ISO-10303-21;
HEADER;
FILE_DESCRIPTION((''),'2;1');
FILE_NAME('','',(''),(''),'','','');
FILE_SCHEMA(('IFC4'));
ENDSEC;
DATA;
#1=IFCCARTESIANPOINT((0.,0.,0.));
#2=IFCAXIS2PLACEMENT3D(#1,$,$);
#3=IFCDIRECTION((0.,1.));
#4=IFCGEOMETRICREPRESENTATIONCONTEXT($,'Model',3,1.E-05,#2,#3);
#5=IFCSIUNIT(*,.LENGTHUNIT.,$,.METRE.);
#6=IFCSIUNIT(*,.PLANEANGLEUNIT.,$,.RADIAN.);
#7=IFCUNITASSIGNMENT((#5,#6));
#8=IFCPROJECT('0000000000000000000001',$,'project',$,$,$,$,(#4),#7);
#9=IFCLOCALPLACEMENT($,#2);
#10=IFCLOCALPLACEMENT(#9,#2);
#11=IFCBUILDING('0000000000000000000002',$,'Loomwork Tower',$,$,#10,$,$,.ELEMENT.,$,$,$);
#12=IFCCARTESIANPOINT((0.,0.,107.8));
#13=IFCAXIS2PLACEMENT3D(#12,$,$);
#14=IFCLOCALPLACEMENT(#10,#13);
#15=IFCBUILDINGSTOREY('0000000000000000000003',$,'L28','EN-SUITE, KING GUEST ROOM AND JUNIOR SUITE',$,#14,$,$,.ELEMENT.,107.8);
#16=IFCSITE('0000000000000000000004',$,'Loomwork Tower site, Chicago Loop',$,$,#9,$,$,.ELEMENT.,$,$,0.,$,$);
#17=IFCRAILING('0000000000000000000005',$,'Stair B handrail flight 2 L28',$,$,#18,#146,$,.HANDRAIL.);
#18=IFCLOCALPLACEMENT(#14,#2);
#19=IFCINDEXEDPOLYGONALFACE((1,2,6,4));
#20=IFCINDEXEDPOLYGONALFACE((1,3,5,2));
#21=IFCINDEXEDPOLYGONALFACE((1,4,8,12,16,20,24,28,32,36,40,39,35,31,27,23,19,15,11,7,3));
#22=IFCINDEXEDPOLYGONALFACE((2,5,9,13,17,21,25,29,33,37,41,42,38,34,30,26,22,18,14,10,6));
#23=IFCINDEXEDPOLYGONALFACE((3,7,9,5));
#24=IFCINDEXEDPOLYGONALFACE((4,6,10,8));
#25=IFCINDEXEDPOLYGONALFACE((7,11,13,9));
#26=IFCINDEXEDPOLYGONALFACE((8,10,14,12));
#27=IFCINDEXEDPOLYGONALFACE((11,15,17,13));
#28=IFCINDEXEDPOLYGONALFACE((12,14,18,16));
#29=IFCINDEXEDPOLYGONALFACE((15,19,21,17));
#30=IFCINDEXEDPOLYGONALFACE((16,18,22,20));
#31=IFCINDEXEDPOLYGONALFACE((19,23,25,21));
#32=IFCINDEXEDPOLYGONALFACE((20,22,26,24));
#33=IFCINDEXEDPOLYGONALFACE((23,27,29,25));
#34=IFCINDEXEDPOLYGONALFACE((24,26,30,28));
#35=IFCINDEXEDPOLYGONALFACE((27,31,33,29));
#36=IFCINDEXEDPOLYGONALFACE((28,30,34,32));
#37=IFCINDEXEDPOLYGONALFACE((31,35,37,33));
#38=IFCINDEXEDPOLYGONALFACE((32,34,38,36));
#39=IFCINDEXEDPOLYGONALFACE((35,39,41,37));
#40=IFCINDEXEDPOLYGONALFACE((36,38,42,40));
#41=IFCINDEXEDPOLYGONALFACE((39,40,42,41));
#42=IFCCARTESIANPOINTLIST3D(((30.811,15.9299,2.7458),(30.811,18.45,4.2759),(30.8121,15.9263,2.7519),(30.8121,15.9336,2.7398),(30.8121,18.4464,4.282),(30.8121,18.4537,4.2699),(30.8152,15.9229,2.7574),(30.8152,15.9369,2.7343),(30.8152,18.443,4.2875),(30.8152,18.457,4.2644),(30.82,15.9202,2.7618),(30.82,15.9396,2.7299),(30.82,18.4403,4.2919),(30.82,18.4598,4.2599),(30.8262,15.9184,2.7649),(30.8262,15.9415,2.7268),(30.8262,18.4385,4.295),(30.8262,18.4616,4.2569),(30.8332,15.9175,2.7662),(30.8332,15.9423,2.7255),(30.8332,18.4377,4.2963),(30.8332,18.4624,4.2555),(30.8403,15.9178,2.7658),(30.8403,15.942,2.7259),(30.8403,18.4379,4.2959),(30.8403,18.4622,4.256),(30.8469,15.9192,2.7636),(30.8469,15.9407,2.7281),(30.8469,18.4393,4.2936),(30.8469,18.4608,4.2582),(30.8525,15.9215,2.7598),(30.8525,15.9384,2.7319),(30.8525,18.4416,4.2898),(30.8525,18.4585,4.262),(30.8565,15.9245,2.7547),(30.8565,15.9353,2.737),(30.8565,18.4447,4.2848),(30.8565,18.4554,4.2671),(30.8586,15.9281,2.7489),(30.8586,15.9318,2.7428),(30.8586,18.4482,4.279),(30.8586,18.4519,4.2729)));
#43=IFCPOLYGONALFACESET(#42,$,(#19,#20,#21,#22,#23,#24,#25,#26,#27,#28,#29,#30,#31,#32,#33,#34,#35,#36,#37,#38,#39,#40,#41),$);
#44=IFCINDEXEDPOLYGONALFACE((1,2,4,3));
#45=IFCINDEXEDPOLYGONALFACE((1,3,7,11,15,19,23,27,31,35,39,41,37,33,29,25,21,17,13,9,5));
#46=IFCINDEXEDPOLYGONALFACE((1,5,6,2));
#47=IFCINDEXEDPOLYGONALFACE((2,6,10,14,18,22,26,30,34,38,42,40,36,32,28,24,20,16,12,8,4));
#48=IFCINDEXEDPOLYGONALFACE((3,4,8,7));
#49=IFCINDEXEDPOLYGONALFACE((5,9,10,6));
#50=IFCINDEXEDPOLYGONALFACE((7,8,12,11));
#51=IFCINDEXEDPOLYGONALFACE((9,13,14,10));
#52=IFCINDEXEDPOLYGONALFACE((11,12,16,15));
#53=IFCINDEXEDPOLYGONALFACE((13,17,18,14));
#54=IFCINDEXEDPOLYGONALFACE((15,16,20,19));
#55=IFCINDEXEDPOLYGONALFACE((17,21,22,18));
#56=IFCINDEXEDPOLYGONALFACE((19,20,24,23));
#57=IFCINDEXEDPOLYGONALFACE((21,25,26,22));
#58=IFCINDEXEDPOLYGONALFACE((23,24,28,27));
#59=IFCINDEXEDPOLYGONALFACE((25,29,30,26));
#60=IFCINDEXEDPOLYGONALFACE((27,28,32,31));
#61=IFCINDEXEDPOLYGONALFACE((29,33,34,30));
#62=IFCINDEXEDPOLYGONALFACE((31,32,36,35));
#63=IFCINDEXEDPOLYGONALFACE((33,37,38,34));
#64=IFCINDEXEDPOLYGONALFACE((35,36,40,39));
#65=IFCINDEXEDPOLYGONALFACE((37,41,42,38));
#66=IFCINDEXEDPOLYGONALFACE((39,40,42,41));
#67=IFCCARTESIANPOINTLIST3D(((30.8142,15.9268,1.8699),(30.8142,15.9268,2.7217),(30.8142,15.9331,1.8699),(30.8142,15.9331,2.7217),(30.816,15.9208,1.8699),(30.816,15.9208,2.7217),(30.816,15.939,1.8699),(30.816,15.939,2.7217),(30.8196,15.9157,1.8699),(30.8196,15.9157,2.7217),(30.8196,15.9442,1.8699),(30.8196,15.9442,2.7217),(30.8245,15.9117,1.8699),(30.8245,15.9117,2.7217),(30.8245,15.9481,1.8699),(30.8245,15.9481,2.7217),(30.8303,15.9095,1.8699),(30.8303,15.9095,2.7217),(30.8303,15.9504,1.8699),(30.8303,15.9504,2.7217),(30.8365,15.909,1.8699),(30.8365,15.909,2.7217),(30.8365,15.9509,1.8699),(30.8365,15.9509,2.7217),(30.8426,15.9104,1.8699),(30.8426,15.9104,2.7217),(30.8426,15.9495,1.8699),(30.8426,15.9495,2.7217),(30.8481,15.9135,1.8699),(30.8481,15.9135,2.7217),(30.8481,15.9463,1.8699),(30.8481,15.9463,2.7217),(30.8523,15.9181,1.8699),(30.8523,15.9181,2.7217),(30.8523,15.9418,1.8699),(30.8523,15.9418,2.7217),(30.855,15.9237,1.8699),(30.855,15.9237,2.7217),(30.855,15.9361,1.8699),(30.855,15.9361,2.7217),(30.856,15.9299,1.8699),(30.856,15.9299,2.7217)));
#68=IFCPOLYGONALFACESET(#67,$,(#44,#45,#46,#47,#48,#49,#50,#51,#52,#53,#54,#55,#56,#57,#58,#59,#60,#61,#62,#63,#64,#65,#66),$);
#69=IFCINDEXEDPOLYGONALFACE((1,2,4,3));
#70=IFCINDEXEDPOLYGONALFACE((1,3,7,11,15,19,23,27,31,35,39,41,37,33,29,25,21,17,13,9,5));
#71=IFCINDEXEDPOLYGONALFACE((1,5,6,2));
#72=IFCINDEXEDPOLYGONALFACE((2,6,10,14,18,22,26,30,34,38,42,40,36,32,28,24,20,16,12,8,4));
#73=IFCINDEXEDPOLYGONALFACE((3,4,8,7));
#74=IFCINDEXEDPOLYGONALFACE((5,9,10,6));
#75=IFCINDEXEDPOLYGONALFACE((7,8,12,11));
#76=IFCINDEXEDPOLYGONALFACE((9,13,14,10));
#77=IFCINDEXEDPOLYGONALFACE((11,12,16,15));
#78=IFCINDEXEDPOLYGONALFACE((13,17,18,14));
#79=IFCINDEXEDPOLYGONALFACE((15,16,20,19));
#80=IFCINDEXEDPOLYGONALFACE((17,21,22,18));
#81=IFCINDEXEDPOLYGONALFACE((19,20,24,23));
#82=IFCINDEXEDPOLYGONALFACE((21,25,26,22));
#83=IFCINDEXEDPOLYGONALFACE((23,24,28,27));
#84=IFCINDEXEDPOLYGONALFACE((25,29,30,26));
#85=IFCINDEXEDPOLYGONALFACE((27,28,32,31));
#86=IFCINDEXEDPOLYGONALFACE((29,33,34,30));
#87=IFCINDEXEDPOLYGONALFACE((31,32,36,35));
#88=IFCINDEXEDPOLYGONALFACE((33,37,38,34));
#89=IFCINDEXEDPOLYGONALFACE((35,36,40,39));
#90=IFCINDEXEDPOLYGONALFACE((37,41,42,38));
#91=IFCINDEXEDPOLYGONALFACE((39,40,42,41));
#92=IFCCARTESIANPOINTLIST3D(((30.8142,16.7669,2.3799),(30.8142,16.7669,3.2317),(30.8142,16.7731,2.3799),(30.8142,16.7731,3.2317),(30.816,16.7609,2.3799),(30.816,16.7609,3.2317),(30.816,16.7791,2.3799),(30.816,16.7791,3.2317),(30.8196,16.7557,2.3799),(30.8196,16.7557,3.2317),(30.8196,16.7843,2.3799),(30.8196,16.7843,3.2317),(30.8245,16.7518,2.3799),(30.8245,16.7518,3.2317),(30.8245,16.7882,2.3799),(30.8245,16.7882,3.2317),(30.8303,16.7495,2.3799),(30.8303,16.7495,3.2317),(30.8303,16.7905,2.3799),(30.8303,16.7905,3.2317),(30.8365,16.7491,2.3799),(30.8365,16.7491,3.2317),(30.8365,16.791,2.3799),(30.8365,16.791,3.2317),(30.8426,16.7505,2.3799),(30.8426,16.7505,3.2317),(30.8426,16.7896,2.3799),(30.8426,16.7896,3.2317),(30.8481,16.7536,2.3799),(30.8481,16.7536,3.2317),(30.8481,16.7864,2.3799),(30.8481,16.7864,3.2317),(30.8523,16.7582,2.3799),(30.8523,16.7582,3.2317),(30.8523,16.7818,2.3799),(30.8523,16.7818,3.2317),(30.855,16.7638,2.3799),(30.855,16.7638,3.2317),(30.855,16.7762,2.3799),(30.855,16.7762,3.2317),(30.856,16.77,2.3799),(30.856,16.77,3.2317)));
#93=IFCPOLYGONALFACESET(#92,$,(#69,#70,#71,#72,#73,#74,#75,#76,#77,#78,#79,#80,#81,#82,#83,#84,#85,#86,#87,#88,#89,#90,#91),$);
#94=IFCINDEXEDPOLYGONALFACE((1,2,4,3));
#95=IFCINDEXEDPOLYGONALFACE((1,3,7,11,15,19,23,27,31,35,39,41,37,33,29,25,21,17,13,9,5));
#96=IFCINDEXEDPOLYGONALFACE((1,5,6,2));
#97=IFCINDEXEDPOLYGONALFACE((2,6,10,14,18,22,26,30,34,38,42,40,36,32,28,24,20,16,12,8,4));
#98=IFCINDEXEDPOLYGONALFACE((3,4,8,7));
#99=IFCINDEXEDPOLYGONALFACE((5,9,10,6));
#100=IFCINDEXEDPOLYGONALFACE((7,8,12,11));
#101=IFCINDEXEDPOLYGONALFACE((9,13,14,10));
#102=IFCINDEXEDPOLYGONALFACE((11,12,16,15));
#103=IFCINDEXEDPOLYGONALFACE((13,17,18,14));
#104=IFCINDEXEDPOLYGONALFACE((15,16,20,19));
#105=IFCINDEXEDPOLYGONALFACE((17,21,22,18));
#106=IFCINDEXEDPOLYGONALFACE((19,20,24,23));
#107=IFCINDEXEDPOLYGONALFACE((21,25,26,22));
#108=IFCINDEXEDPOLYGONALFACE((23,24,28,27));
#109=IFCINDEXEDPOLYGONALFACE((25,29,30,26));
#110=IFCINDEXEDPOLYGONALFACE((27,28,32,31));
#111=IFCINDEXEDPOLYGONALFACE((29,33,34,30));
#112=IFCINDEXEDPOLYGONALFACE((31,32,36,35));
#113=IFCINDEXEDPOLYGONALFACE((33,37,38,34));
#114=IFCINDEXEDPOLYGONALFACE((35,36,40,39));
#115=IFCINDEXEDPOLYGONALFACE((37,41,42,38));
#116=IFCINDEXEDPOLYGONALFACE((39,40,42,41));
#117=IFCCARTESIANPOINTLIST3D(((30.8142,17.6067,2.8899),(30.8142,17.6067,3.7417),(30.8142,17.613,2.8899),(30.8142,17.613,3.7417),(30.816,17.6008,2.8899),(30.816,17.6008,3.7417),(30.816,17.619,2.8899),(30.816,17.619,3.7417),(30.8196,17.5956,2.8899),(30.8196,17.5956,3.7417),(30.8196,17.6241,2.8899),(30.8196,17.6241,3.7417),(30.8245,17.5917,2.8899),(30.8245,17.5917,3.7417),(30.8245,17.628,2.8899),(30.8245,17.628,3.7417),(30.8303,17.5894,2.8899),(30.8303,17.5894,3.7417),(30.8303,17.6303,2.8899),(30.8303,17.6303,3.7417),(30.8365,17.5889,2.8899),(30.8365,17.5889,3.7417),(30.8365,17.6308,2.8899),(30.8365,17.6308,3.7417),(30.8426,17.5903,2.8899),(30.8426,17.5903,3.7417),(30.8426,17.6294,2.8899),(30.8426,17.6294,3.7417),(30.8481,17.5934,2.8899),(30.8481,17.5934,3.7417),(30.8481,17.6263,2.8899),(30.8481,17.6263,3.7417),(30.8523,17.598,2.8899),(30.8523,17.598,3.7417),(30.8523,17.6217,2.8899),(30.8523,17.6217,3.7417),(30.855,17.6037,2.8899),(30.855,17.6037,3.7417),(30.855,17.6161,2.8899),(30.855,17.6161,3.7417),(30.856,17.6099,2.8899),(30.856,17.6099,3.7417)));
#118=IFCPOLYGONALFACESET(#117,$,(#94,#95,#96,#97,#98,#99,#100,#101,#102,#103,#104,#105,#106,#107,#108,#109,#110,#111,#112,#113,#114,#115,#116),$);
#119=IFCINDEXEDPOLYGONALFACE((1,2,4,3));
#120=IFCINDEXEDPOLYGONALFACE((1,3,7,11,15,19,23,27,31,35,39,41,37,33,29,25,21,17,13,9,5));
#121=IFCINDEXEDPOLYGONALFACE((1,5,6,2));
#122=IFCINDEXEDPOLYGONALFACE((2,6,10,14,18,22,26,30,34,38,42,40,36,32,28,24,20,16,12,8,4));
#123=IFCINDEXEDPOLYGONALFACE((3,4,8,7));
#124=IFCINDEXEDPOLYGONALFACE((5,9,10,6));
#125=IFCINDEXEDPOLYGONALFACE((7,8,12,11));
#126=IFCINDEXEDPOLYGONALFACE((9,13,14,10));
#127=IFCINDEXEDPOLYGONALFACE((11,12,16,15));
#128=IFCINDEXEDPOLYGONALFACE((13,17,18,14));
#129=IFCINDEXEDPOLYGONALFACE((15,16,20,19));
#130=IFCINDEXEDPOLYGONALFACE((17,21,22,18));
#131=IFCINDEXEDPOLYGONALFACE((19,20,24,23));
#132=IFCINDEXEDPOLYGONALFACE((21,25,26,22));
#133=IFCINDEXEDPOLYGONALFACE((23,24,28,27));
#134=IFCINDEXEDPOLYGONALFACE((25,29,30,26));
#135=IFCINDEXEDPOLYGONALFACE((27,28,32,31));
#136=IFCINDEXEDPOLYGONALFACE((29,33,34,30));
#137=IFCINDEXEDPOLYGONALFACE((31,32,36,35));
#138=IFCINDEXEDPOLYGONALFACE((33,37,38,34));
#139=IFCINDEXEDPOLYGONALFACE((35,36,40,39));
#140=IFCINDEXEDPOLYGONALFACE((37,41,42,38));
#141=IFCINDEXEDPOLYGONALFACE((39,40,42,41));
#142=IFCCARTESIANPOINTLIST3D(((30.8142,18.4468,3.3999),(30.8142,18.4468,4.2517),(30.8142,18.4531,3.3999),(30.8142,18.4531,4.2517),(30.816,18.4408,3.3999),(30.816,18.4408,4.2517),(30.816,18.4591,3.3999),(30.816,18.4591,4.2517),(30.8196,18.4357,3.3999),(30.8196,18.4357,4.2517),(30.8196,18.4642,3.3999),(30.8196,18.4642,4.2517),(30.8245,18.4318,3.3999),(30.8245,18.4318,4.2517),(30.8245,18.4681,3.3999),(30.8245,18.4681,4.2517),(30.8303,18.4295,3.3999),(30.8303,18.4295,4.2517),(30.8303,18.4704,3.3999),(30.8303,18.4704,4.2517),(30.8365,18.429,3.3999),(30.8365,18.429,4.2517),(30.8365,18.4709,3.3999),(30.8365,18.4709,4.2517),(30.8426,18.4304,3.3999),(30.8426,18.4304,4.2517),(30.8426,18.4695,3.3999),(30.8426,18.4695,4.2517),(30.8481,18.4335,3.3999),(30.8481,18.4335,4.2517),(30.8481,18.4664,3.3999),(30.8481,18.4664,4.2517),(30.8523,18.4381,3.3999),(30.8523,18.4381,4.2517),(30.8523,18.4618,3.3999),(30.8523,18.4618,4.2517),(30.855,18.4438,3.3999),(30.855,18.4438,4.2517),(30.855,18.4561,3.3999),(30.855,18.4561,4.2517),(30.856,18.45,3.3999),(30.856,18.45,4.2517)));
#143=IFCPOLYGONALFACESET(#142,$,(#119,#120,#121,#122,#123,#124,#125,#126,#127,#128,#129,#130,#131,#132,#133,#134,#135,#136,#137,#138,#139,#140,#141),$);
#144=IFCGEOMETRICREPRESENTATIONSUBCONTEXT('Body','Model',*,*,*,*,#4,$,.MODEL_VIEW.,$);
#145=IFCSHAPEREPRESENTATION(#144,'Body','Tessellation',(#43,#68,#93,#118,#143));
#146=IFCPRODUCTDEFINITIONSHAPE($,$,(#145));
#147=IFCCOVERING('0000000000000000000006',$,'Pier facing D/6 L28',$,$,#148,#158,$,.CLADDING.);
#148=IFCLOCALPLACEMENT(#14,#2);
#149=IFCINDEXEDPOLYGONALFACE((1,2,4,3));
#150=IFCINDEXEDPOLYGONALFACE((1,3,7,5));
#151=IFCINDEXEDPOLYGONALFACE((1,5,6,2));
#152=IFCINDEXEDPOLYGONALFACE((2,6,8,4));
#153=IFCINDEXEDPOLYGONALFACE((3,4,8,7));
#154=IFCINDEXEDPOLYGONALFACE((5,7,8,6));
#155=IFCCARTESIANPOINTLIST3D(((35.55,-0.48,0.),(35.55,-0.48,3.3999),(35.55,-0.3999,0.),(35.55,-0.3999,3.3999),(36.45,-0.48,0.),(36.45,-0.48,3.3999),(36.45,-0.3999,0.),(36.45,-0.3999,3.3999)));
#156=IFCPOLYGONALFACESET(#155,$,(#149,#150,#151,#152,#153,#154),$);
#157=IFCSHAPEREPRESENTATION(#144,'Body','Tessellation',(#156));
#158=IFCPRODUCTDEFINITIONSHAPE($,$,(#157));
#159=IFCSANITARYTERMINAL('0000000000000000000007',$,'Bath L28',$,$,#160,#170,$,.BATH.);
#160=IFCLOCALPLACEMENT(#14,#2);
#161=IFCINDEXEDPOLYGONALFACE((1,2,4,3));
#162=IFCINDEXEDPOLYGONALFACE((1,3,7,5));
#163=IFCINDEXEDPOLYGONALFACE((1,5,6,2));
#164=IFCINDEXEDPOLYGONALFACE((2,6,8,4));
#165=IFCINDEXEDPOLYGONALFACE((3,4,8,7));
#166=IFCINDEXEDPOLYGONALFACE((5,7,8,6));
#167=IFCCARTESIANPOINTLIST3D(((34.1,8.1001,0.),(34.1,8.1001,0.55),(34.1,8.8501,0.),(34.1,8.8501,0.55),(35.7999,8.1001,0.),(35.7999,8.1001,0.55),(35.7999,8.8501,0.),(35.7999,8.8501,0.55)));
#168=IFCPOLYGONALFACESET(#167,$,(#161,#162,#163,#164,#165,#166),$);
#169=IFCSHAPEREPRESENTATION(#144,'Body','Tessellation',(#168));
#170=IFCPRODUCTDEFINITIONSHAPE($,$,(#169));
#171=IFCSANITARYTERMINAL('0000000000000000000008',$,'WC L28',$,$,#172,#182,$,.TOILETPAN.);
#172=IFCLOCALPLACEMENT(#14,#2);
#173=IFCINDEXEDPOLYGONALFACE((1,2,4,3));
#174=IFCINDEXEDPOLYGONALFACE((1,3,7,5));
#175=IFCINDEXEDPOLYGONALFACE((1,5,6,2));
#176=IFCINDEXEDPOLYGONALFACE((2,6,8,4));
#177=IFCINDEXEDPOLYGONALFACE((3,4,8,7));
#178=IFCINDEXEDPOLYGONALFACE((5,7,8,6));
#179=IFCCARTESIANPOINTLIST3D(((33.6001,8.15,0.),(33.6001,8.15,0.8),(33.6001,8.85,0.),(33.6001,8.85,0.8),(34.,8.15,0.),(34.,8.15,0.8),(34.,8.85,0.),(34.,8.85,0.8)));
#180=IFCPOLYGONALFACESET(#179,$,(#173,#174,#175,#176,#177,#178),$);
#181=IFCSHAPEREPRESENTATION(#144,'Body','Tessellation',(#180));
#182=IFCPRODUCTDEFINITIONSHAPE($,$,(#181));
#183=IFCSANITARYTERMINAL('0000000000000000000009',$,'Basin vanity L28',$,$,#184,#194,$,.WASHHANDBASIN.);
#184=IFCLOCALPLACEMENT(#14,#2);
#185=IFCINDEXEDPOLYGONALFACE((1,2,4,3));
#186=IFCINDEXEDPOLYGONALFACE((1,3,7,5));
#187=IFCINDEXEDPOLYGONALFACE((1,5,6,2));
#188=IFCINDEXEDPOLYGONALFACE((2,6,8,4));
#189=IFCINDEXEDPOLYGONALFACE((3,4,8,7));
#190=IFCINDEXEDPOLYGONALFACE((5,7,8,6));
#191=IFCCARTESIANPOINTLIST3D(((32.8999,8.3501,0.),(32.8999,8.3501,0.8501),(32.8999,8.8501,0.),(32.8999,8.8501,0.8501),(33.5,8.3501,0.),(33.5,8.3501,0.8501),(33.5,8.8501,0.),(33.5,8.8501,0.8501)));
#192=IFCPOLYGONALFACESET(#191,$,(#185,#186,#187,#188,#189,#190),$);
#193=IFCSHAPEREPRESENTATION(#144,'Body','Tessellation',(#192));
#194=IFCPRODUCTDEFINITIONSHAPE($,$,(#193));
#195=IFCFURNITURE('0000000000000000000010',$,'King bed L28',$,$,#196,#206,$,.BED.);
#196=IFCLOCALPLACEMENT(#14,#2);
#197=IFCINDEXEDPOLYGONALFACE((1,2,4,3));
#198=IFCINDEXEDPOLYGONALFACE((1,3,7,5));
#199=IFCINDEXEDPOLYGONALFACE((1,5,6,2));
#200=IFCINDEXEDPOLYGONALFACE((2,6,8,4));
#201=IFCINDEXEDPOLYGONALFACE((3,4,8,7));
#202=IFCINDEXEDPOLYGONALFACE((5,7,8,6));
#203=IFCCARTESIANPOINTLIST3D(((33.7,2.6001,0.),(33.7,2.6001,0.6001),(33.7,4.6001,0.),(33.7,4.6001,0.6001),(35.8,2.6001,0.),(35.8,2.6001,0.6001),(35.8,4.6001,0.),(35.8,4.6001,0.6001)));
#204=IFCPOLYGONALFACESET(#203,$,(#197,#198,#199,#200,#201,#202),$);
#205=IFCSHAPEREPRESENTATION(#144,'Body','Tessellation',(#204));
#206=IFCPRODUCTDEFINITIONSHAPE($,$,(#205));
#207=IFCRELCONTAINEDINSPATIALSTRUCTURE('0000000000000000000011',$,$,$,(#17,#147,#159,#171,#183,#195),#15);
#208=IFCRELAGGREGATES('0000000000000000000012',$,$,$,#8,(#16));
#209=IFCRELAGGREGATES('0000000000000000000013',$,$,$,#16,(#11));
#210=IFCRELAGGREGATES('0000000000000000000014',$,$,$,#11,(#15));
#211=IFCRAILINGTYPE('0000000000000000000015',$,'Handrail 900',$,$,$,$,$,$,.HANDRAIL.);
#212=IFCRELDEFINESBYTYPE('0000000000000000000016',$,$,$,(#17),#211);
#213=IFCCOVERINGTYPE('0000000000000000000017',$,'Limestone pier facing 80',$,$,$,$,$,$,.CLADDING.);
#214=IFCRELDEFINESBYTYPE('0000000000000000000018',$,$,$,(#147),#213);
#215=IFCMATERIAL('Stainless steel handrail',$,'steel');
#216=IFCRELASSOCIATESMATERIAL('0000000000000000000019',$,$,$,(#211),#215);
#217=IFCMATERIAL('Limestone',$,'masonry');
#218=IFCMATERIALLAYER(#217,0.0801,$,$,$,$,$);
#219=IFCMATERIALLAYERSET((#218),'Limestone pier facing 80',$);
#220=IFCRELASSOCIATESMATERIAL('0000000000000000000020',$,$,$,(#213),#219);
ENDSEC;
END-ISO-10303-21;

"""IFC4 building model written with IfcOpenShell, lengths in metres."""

from ifc_helpers import new_model, si_unit, direction, frame, origin, origin_2d, place, context, subcontext, project, spatial, rectangle, circle, extrude, material, layer, layer_set, type_object, element, save


model = new_model("IFC4")

# Units and contexts
model_context = context("Model", 3, precision=1e-05, world=origin(), true_north=direction((0.0, 1.0)))
body_context = subcontext(model_context, "Body", "Model", "MODEL_VIEW")
ifc_project = project(units=[si_unit("LENGTHUNIT", "METRE"), si_unit("PLANEANGLEUNIT", "RADIAN")], contexts=[model_context])

# Site, building, storey
site_placement = place(None, origin())
site = spatial("IfcSite", under=ifc_project, at=site_placement, Name="Loomwork Tower site, Chicago Loop", CompositionType="ELEMENT", RefElevation=0.0)
building_placement = place(site_placement, origin())
building = spatial("IfcBuilding", under=site, at=building_placement, Name="Loomwork Tower", CompositionType="ELEMENT")
storey_placement = place(building_placement, frame((0.0, 0.0, 107.8)))
storey = spatial("IfcBuildingStorey", under=building, at=storey_placement, Name="L28", Description="EN-SUITE, KING GUEST ROOM AND JUNIOR SUITE", CompositionType="ELEMENT", Elevation=107.8)

# Railing
ifc_material_1 = material(Name="Stainless steel handrail", Category="steel")
railing_type = type_object("IfcRailingType", Name="Handrail 900", PredefinedType="HANDRAIL", material=ifc_material_1)
railing_placement = place(storey_placement, frame((30.835, 15.9299, 1.8699)))
element("IfcRailing", 1, at=railing_placement, inside=storey, type_object=railing_type, Name="Stair B handrail flight 2 L28", PredefinedType="HANDRAIL", context=body_context, shape_type="SweptSolid", body=[
    extrude(circle(Radius=0.0239, at=origin_2d()), frame((0.0, 0.0, 0.876), z_axis=(0.0, 0.854785, 0.518982), x_axis=(-1.0, 0.0, 0.0)), (0.0, 0.0, 1.0), 2.9482),
    extrude(circle(Radius=0.021, at=origin_2d()), origin(), (0.0, 0.0, 1.0), 0.8518),
    extrude(circle(Radius=0.021, at=origin_2d()), frame((0.0, 0.8401, 0.51)), (0.0, 0.0, 1.0), 0.8518),
    extrude(circle(Radius=0.021, at=origin_2d()), frame((0.0, 1.6799, 1.02)), (0.0, 0.0, 1.0), 0.8518),
    extrude(circle(Radius=0.021, at=origin_2d()), frame((0.0, 2.52, 1.53)), (0.0, 0.0, 1.0), 0.8518),
])

# Covering
ifc_material_2 = material(Name="Limestone", Category="masonry")
ifc_layer_1 = layer(ifc_material_2, 0.0801)
ifc_layer_set_1 = layer_set([ifc_layer_1], Name="Limestone pier facing 80")
covering_type = type_object("IfcCoveringType", Name="Limestone pier facing 80", PredefinedType="CLADDING", material=ifc_layer_set_1)
covering_placement = place(storey_placement, frame((36.0, -0.4399, 0.0), z_axis=(0.0, 0.0, 1.0), x_axis=(1.0, 0.0, 0.0)))
element("IfcCovering", 2, at=covering_placement, inside=storey, type_object=covering_type, Name="Pier facing D/6 L28", PredefinedType="CLADDING", context=body_context, shape_type="SweptSolid", body=[
    extrude(rectangle(XDim=0.8999, YDim=0.0801, at=origin_2d()), origin(), (0.0, 0.0, 1.0), 3.3999),
])

# Sanitary terminals
sanitary_terminal_1_placement = place(storey_placement, frame((34.95, 8.4751, 0.0), z_axis=(0.0, 0.0, 1.0), x_axis=(1.0, 0.0, 0.0)))
element("IfcSanitaryTerminal", 3, at=sanitary_terminal_1_placement, inside=storey, Name="Bath L28", PredefinedType="BATH", context=body_context, shape_type="SweptSolid", body=[
    extrude(rectangle(XDim=1.7, YDim=0.75, at=origin_2d()), origin(), (0.0, 0.0, 1.0), 0.55),
])
sanitary_terminal_2_placement = place(storey_placement, frame((33.8, 8.5, 0.0), z_axis=(0.0, 0.0, 1.0), x_axis=(1.0, 0.0, 0.0)))
element("IfcSanitaryTerminal", 4, at=sanitary_terminal_2_placement, inside=storey, Name="WC L28", PredefinedType="TOILETPAN", context=body_context, shape_type="SweptSolid", body=[
    extrude(rectangle(XDim=0.3999, YDim=0.7, at=origin_2d()), origin(), (0.0, 0.0, 1.0), 0.8),
])
sanitary_terminal_3_placement = place(storey_placement, frame((33.2, 8.6001, 0.0), z_axis=(0.0, 0.0, 1.0), x_axis=(1.0, 0.0, 0.0)))
element("IfcSanitaryTerminal", 5, at=sanitary_terminal_3_placement, inside=storey, Name="Basin vanity L28", PredefinedType="WASHHANDBASIN", context=body_context, shape_type="SweptSolid", body=[
    extrude(rectangle(XDim=0.6001, YDim=0.5, at=origin_2d()), origin(), (0.0, 0.0, 1.0), 0.8501),
])

# Furniture
furniture_1_placement = place(storey_placement, frame((34.75, 3.6001, 0.0), z_axis=(0.0, 0.0, 1.0), x_axis=(1.0, 0.0, 0.0)))
element("IfcFurniture", 6, at=furniture_1_placement, inside=storey, Name="King bed L28", PredefinedType="BED", context=body_context, shape_type="SweptSolid", body=[
    extrude(rectangle(XDim=2.1001, YDim=2.0, at=origin_2d()), origin(), (0.0, 0.0, 1.0), 0.6001),
])

save(model, "model.ifc")
